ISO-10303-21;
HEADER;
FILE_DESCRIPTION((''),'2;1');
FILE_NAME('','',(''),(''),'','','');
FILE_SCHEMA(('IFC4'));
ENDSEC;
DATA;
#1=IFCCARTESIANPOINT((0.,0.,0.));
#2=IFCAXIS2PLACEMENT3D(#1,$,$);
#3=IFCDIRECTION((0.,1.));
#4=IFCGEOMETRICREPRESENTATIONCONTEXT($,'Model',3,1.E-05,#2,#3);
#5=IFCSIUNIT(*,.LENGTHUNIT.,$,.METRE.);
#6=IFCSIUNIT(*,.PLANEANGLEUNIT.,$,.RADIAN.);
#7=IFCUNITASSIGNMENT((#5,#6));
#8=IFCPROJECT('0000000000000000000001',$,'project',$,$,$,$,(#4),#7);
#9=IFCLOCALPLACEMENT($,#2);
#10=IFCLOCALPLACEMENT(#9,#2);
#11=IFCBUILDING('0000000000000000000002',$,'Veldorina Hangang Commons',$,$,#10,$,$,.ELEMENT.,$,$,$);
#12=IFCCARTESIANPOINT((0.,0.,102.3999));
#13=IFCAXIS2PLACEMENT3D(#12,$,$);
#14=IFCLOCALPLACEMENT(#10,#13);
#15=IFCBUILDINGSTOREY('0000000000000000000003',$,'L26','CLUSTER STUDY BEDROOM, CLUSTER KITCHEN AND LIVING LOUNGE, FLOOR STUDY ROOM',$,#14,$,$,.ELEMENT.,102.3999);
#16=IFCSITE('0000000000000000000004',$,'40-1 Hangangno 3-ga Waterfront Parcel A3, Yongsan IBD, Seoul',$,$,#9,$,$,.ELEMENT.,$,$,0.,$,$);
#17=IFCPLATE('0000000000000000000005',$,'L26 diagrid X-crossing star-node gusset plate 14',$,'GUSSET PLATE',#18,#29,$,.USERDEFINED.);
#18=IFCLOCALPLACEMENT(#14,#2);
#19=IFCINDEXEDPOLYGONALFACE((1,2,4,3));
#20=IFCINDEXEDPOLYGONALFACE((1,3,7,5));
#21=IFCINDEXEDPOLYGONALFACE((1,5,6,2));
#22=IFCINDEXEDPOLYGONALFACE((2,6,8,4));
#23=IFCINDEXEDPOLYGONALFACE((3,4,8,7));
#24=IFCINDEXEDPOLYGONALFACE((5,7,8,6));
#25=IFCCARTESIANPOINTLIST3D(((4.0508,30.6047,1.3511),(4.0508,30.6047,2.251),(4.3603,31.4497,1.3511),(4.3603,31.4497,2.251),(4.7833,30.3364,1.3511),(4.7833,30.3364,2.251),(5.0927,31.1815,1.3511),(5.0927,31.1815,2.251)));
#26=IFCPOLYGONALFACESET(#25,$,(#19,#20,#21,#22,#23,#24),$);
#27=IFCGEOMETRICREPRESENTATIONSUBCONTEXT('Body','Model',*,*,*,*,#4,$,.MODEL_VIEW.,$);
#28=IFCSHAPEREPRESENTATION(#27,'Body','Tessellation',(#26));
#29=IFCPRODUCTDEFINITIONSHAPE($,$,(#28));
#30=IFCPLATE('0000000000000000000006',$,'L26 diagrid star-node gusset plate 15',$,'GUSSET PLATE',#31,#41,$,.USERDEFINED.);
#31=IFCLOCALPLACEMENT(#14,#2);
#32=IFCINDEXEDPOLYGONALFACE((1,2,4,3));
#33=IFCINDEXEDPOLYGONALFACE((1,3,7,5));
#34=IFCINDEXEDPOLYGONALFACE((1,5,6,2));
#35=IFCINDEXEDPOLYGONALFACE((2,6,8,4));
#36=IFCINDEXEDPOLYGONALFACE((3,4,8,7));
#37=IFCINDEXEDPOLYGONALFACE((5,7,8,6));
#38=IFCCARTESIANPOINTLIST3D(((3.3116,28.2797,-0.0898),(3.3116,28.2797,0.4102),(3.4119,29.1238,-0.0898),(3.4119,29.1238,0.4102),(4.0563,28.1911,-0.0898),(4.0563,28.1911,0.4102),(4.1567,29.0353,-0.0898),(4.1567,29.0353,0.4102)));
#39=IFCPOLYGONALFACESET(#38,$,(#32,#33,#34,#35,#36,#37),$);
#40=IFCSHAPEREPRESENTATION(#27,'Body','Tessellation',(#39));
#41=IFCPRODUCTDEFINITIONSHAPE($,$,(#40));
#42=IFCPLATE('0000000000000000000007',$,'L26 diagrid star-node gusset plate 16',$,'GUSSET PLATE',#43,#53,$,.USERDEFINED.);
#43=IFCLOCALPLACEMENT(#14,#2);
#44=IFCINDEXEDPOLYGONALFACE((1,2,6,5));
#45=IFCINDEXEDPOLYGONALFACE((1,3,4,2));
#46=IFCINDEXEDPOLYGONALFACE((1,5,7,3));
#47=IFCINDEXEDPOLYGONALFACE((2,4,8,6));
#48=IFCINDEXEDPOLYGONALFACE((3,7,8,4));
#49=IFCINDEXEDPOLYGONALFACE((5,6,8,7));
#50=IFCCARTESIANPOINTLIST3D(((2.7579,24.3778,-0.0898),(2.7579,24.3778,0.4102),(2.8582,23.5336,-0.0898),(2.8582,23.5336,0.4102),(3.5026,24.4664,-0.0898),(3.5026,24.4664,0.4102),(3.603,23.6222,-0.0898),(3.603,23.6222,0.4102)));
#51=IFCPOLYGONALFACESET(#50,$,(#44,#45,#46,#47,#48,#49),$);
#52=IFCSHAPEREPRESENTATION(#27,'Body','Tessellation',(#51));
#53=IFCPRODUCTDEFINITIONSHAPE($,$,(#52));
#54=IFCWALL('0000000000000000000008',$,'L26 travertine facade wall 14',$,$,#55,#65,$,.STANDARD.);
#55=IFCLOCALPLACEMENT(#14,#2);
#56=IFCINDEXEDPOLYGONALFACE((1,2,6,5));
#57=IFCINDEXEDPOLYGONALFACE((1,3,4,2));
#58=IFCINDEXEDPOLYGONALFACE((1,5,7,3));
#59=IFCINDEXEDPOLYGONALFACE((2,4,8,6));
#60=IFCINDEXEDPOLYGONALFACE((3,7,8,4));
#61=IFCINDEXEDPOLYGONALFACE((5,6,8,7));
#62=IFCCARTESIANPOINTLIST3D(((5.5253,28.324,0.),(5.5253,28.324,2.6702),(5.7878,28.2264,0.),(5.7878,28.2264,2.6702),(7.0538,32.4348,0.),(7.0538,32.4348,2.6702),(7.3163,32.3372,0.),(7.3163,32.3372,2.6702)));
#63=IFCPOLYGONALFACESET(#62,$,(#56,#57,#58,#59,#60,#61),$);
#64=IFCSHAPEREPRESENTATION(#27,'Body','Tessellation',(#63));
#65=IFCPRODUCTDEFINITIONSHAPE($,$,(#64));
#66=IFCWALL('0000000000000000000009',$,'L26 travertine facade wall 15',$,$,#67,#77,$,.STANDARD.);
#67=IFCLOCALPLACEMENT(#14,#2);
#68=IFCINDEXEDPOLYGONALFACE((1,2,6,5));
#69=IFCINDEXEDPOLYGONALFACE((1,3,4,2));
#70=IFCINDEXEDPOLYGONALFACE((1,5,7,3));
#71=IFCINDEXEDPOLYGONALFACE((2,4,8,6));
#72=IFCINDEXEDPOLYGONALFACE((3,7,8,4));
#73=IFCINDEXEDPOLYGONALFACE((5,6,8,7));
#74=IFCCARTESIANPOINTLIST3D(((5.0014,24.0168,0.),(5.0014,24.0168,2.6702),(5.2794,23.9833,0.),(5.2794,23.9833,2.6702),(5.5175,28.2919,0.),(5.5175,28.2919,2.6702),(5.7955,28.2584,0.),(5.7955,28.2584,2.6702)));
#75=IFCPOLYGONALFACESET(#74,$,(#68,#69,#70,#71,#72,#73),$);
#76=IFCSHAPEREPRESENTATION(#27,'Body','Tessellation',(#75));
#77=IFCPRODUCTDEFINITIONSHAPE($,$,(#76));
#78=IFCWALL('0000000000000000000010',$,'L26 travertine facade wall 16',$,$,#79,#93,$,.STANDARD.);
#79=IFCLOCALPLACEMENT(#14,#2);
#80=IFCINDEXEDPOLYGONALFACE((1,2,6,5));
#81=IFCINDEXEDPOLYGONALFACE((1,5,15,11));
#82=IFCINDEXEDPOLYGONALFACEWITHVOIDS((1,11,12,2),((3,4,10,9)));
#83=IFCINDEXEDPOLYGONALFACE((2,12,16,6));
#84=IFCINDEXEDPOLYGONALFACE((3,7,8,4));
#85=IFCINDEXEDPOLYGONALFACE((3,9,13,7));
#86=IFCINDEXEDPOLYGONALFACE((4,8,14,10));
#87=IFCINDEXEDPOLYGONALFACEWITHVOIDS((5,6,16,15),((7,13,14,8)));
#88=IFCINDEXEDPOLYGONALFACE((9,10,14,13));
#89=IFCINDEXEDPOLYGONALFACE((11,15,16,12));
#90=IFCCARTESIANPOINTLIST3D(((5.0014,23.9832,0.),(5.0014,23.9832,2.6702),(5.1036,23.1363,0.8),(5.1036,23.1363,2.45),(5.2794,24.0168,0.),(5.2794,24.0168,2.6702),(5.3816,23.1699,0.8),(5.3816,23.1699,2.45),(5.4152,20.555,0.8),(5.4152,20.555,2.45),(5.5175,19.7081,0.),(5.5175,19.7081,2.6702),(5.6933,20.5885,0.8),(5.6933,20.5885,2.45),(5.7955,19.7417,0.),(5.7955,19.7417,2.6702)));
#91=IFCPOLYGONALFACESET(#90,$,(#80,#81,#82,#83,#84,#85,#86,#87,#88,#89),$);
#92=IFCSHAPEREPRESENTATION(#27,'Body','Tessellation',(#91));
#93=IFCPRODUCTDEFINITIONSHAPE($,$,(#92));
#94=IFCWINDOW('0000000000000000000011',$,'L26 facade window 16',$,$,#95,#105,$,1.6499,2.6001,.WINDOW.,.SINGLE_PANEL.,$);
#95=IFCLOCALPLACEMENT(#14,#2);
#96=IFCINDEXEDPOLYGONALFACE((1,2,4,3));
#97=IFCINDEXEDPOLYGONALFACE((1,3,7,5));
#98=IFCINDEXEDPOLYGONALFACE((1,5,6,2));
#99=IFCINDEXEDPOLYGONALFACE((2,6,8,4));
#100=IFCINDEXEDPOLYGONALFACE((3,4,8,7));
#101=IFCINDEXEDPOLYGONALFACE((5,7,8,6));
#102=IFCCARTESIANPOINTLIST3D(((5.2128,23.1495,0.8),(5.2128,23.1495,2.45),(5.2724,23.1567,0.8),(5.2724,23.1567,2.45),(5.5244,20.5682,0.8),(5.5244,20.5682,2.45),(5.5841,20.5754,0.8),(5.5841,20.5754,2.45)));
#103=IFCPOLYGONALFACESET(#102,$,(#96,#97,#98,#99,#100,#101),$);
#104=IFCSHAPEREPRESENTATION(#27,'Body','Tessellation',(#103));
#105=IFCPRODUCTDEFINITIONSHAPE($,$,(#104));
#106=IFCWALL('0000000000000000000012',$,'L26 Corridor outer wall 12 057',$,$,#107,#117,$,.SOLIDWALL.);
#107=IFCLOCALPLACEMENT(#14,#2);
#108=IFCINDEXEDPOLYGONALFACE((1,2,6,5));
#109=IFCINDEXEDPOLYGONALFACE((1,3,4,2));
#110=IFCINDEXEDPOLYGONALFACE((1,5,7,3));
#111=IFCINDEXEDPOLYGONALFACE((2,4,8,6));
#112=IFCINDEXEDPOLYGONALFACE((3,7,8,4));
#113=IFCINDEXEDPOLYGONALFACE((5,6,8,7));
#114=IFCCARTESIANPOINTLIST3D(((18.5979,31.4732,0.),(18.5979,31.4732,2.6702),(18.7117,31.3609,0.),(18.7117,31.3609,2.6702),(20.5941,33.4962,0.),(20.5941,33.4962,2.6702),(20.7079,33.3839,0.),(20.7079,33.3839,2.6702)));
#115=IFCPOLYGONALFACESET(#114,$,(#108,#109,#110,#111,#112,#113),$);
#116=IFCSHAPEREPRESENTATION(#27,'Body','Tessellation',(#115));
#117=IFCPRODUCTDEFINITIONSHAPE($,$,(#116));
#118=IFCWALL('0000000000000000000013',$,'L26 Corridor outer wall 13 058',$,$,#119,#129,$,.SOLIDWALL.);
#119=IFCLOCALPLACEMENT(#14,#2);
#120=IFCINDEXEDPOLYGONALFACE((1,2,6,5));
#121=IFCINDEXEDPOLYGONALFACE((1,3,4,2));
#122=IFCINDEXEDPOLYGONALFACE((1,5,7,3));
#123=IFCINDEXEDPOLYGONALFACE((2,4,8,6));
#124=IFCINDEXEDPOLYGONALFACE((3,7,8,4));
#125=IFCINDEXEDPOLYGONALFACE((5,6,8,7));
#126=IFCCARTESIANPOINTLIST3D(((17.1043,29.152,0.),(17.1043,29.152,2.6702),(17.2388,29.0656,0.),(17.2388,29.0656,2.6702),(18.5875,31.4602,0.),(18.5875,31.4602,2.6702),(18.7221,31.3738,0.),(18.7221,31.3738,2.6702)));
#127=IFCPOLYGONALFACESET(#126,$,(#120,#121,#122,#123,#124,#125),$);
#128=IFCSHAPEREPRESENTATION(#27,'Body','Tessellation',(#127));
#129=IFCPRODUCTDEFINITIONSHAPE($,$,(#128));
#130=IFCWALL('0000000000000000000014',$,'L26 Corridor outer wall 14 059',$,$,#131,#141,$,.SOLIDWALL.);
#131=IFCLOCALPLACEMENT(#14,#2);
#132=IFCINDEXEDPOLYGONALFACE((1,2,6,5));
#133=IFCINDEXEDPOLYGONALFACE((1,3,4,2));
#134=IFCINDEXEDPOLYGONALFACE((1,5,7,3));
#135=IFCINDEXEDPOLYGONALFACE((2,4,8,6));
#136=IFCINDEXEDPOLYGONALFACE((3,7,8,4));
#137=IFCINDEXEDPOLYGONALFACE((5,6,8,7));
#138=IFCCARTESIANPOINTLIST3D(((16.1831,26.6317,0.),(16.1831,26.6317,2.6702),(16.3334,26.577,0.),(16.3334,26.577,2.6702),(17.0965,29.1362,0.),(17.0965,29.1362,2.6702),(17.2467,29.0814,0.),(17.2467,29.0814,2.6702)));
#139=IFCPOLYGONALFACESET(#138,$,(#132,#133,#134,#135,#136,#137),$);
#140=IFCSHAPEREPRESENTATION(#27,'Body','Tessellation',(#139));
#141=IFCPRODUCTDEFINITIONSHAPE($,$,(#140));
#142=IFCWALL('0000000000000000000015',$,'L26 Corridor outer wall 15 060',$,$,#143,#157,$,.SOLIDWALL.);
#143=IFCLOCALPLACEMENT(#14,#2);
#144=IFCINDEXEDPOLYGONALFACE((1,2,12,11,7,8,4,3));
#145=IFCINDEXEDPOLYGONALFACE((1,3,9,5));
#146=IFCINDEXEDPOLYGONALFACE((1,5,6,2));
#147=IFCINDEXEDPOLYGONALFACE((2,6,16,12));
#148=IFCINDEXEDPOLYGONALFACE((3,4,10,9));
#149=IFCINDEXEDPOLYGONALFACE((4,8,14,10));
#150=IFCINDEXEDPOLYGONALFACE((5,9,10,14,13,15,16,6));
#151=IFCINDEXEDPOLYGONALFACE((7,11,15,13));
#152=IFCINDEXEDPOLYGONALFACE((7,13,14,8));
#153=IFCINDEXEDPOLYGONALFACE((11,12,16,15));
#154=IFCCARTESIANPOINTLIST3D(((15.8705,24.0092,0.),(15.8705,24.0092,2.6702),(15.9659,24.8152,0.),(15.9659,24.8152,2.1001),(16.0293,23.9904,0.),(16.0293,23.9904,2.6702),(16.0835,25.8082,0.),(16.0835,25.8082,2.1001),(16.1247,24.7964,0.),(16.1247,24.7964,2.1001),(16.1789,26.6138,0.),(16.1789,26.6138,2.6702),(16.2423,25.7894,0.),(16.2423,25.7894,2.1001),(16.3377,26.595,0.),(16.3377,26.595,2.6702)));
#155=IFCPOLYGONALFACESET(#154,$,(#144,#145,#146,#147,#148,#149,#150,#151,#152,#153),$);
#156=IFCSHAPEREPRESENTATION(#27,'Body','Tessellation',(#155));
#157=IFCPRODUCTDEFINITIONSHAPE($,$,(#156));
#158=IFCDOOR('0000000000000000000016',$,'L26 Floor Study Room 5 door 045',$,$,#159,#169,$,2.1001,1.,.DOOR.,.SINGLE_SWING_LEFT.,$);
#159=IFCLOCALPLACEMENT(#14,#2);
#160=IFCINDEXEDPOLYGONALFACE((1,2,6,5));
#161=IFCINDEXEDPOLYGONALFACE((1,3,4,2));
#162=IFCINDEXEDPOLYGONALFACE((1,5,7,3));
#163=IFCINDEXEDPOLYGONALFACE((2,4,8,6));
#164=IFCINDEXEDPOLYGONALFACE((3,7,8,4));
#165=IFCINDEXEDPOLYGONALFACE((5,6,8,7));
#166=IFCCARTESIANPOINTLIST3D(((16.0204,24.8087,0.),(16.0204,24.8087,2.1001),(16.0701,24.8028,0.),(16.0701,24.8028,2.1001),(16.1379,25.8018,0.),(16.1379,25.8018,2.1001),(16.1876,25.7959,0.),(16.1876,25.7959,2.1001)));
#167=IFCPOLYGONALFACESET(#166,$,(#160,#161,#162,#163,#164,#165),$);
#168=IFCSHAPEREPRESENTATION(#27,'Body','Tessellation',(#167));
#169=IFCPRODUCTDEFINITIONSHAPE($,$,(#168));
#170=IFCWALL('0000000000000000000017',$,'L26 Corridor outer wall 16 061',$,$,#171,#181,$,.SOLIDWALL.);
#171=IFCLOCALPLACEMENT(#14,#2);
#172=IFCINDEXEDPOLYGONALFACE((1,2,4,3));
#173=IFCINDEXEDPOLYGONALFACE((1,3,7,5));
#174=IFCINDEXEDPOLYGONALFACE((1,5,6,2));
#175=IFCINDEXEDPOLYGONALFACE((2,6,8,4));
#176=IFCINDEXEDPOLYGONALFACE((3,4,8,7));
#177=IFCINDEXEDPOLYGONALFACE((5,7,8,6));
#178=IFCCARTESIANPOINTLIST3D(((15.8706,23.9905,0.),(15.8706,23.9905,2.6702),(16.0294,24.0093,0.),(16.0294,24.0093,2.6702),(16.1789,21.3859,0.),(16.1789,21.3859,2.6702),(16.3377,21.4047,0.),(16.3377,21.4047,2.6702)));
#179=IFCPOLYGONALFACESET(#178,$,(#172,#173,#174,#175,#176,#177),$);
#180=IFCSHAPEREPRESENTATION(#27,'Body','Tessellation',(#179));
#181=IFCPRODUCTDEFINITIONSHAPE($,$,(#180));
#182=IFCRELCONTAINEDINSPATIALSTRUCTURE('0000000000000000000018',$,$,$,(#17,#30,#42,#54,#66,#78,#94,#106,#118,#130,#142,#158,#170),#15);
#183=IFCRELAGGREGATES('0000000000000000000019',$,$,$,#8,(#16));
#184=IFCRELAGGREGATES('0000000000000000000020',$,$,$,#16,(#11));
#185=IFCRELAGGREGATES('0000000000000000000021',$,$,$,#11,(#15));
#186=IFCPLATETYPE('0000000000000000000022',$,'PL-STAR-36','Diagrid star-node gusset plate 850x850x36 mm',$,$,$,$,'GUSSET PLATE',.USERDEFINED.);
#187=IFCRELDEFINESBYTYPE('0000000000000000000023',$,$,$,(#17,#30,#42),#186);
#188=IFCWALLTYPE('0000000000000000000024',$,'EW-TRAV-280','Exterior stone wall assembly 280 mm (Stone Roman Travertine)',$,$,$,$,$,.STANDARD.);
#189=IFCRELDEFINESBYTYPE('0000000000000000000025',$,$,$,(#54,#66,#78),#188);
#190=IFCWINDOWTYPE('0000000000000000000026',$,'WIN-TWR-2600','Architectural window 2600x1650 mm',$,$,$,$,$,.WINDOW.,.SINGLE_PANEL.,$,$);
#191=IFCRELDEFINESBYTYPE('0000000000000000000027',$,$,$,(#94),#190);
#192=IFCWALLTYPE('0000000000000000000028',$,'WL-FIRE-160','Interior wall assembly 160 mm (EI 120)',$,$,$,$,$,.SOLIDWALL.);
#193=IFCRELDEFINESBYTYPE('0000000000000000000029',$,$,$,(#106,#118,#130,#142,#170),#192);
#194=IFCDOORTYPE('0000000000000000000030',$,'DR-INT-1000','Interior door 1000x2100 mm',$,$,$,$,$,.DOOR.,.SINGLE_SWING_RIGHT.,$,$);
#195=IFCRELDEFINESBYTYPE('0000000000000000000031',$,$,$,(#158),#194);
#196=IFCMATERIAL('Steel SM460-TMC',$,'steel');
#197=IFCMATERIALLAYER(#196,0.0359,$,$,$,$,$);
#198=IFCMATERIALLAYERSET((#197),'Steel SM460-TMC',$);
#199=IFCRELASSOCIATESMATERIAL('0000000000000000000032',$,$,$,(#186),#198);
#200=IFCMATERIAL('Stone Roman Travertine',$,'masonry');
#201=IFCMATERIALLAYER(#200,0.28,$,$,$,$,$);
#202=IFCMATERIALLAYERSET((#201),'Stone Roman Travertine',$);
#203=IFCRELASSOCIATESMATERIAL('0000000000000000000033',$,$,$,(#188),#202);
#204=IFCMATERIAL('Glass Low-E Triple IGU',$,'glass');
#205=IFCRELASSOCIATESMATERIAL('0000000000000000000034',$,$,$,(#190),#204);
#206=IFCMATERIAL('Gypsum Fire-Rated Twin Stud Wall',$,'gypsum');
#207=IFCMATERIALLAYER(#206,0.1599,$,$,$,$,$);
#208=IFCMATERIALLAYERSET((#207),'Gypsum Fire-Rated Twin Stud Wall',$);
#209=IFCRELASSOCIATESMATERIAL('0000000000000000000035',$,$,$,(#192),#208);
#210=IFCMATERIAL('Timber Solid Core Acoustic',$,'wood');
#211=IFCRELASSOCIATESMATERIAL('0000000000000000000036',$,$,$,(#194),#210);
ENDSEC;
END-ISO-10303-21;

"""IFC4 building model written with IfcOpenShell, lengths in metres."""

from ifc_helpers import new_model, si_unit, direction, frame, frame_2d, origin, origin_2d, place, context, subcontext, project, spatial, rectangle, extrude, material, layer, layer_set, type_object, element, fill, save


model = new_model("IFC4")

# Units and contexts
model_context = context("Model", 3, precision=1e-05, world=origin(), true_north=direction((0.0, 1.0)))
body_context = subcontext(model_context, "Body", "Model", "MODEL_VIEW")
ifc_project = project(units=[si_unit("LENGTHUNIT", "METRE"), si_unit("PLANEANGLEUNIT", "RADIAN")], contexts=[model_context])

# Site, building, storey
site_placement = place(None, origin())
site = spatial("IfcSite", under=ifc_project, at=site_placement, Name="40-1 Hangangno 3-ga Waterfront Parcel A3, Yongsan IBD, Seoul", CompositionType="ELEMENT", RefElevation=0.0)
building_placement = place(site_placement, origin())
building = spatial("IfcBuilding", under=site, at=building_placement, Name="Veldorina Hangang Commons", CompositionType="ELEMENT")
storey_placement = place(building_placement, frame((0.0, 0.0, 102.3999)))
storey = spatial("IfcBuildingStorey", under=building, at=storey_placement, Name="L26", Description="CLUSTER STUDY BEDROOM, CLUSTER KITCHEN AND LIVING LOUNGE, FLOOR STUDY ROOM", CompositionType="ELEMENT", Elevation=102.3999)

# Shared definitions
ifc_material_1 = material(Name="Steel SM460-TMC", Category="steel")

# Plates
ifc_layer_1 = layer(ifc_material_1, 0.0359)
ifc_layer_set_1 = layer_set([ifc_layer_1], Name="Steel SM460-TMC")
plate_type = type_object("IfcPlateType", Name="PL-STAR-36", Description="Diagrid star-node gusset plate 850x850x36 mm", ElementType="GUSSET PLATE", PredefinedType="USERDEFINED", material=ifc_layer_set_1)
plate_1_placement = place(storey_placement, frame((4.5718, 30.8931, 1.3511), z_axis=(0.0, 0.0, 1.0), x_axis=(-0.343856, -0.939022, 0.0)))
element("IfcPlate", 1, at=plate_1_placement, inside=storey, type_object=plate_type, Name="L26 diagrid X-crossing star-node gusset plate 14", ObjectType="GUSSET PLATE", PredefinedType="USERDEFINED", context=body_context, shape_type="SweptSolid", body=[
    extrude(rectangle(XDim=0.8999, YDim=0.78, at=origin_2d()), origin(), (0.0, 0.0, 1.0), 0.8999),
])
for number, where, z_axis, x_axis, name in (
    (2, (3.7341, 28.6575, -0.0898), (0.0, 0.0, 1.0), (-0.118075, -0.993005, 0.0), "L26 diagrid star-node gusset plate 15"),
    (3, (3.1804, 24.0, -0.0898), (0.0, 0.0, 1.0), (0.118075, -0.993005, 0.0), "L26 diagrid star-node gusset plate 16"),
):
    element("IfcPlate", number, at=place(storey_placement, frame(where, z_axis=z_axis, x_axis=x_axis)), inside=storey, type_object=plate_type, Name=name, ObjectType="GUSSET PLATE", PredefinedType="USERDEFINED", context=body_context, shape_type="SweptSolid", body=[
        extrude(rectangle(XDim=0.8501, YDim=0.75, at=origin_2d()), origin(), (0.0, 0.0, 1.0), 0.5),
    ])

# Walls
ifc_material_2 = material(Name="Stone Roman Travertine", Category="masonry")
ifc_layer_2 = layer(ifc_material_2, 0.28)
ifc_layer_set_2 = layer_set([ifc_layer_2], Name="Stone Roman Travertine")
wall_type_1 = type_object("IfcWallType", Name="EW-TRAV-280", Description="Exterior stone wall assembly 280 mm (Stone Roman Travertine)", PredefinedType="STANDARD", material=ifc_layer_set_2)
wall_1_placement = place(storey_placement, frame((7.1851, 32.386, 0.0), z_axis=(0.0, 0.0, 1.0), x_axis=(-0.348523, -0.9373, 0.0)))
element("IfcWall", 4, at=wall_1_placement, inside=storey, type_object=wall_type_1, Name="L26 travertine facade wall 14", PredefinedType="STANDARD", context=body_context, shape_type="SweptSolid", body=[
    extrude(rectangle(XDim=4.3857, YDim=0.28, at=frame_2d((2.1929, 0.0))), origin(), (0.0, 0.0, 1.0), 2.6702),
])
wall_2_placement = place(storey_placement, frame((5.6565, 28.2751, 0.0), z_axis=(0.0, 0.0, 1.0), x_axis=(-0.119854, -0.992792, 0.0)))
element("IfcWall", 5, at=wall_2_placement, inside=storey, type_object=wall_type_1, Name="L26 travertine facade wall 15", PredefinedType="STANDARD", context=body_context, shape_type="SweptSolid", body=[
    extrude(rectangle(XDim=4.3062, YDim=0.28, at=frame_2d((2.1531, 0.0))), origin(), (0.0, 0.0, 1.0), 2.6702),
])

# Wall, opening, window
wall_3_placement = place(storey_placement, frame((5.1404, 24.0, 0.0), z_axis=(0.0, 0.0, 1.0), x_axis=(0.119854, -0.992792, 0.0)))
wall_3 = element("IfcWall", 6, at=wall_3_placement, inside=storey, type_object=wall_type_1, Name="L26 travertine facade wall 16", PredefinedType="STANDARD", context=body_context, shape_type="SweptSolid", body=[
    extrude(rectangle(XDim=4.3062, YDim=0.28, at=frame_2d((2.1531, 0.0))), origin(), (0.0, 0.0, 1.0), 2.6702),
])
opening_1_placement = place(wall_3_placement, frame((0.853, 0.0, 0.8)))
opening_1 = element("IfcOpeningElement", 7, at=opening_1_placement, cuts=wall_3, PredefinedType="OPENING", context=body_context, shape_type="SweptSolid", body=[
    extrude(rectangle(XDim=2.6001, YDim=1.6499, at=frame_2d((1.3, 0.825))), frame((0.0, 0.1499, 0.0), z_axis=(0.0, -1.0, 0.0), x_axis=(1.0, 0.0, 0.0)), (0.0, 0.0, 1.0), 0.3),
])
ifc_material_3 = material(Name="Glass Low-E Triple IGU", Category="glass")
window_type = type_object("IfcWindowType", Name="WIN-TWR-2600", Description="Architectural window 2600x1650 mm", PartitioningType="SINGLE_PANEL", PredefinedType="WINDOW", material=ifc_material_3)
window_placement = place(opening_1_placement, origin())
window = element("IfcWindow", 8, at=window_placement, inside=storey, type_object=window_type, Name="L26 facade window 16", OverallHeight=1.6499, OverallWidth=2.6001, PartitioningType="SINGLE_PANEL", PredefinedType="WINDOW", context=body_context, shape_type="SweptSolid", body=[
    extrude(rectangle(XDim=2.6001, YDim=1.6499, at=frame_2d((1.3, 0.825))), frame((0.0, 0.03, 0.0), z_axis=(0.0, -1.0, 0.0), x_axis=(1.0, 0.0, 0.0)), (0.0, 0.0, 1.0), 0.0601),
])
fill(opening_1, window)

# Walls
ifc_material_4 = material(Name="Gypsum Fire-Rated Twin Stud Wall", Category="gypsum")
ifc_layer_3 = layer(ifc_material_4, 0.1599)
ifc_layer_set_3 = layer_set([ifc_layer_3], Name="Gypsum Fire-Rated Twin Stud Wall")
wall_type_2 = type_object("IfcWallType", Name="WL-FIRE-160", Description="Interior wall assembly 160 mm (EI 120)", PredefinedType="SOLIDWALL", material=ifc_layer_set_3)
wall_4_placement = place(storey_placement, frame((20.6509, 33.4399, 0.0), z_axis=(0.0, 0.0, 1.0), x_axis=(-0.702366, -0.711816, 0.0)))
element("IfcWall", 9, at=wall_4_placement, inside=storey, type_object=wall_type_2, Name="L26 Corridor outer wall 12 057", PredefinedType="SOLIDWALL", context=body_context, shape_type="SweptSolid", body=[
    extrude(rectangle(XDim=2.842, YDim=0.1599, at=frame_2d((1.4209, 0.0))), origin(), (0.0, 0.0, 1.0), 2.6702),
])
wall_5_placement = place(storey_placement, frame((18.6548, 31.417, 0.0), z_axis=(0.0, 0.0, 1.0), x_axis=(-0.540596, -0.841283, 0.0)))
element("IfcWall", 10, at=wall_5_placement, inside=storey, type_object=wall_type_2, Name="L26 Corridor outer wall 13 058", PredefinedType="SOLIDWALL", context=body_context, shape_type="SweptSolid", body=[
    extrude(rectangle(XDim=2.7437, YDim=0.1599, at=frame_2d((1.3718, 0.0))), origin(), (0.0, 0.0, 1.0), 2.6702),
])
wall_6_placement = place(storey_placement, frame((17.1716, 29.1089, 0.0), z_axis=(0.0, 0.0, 1.0), x_axis=(-0.342618, -0.939475, 0.0)))
element("IfcWall", 11, at=wall_6_placement, inside=storey, type_object=wall_type_2, Name="L26 Corridor outer wall 14 059", PredefinedType="SOLIDWALL", context=body_context, shape_type="SweptSolid", body=[
    extrude(rectangle(XDim=2.6658, YDim=0.1599, at=frame_2d((1.333, 0.0))), origin(), (0.0, 0.0, 1.0), 2.6702),
])

# Wall, opening, door
wall_7_placement = place(storey_placement, frame((16.2583, 26.6045, 0.0), z_axis=(0.0, 0.0, 1.0), x_axis=(-0.11757, -0.993065, 0.0)))
wall_7 = element("IfcWall", 12, at=wall_7_placement, inside=storey, type_object=wall_type_2, Name="L26 Corridor outer wall 15 060", PredefinedType="SOLIDWALL", context=body_context, shape_type="SweptSolid", body=[
    extrude(rectangle(XDim=2.6228, YDim=0.1599, at=frame_2d((1.3115, 0.0))), origin(), (0.0, 0.0, 1.0), 2.6702),
])
opening_2_placement = place(wall_7_placement, frame((0.8113, 0.0, 0.0)))
opening_2 = element("IfcOpeningElement", 13, at=opening_2_placement, cuts=wall_7, PredefinedType="OPENING", context=body_context, shape_type="SweptSolid", body=[
    extrude(rectangle(XDim=1.0, YDim=2.1001, at=frame_2d((0.5, 1.05))), frame((0.0, 0.0898, 0.0), z_axis=(0.0, -1.0, 0.0), x_axis=(1.0, 0.0, 0.0)), (0.0, 0.0, 1.0), 0.1799),
])
ifc_material_5 = material(Name="Timber Solid Core Acoustic", Category="wood")
door_type = type_object("IfcDoorType", Name="DR-INT-1000", Description="Interior door 1000x2100 mm", OperationType="SINGLE_SWING_RIGHT", PredefinedType="DOOR", material=ifc_material_5)
door_placement = place(opening_2_placement, origin())
door = element("IfcDoor", 14, at=door_placement, inside=storey, type_object=door_type, Name="L26 Floor Study Room 5 door 045", OperationType="SINGLE_SWING_LEFT", OverallHeight=2.1001, OverallWidth=1.0, PredefinedType="DOOR", context=body_context, shape_type="SweptSolid", body=[
    extrude(rectangle(XDim=1.0, YDim=2.1001, at=frame_2d((0.5, 1.05))), frame((0.0, 0.0249, 0.0), z_axis=(0.0, -1.0, 0.0), x_axis=(1.0, 0.0, 0.0)), (0.0, 0.0, 1.0), 0.05),
])
fill(opening_2, door)

# Wall
wall_8_placement = place(storey_placement, frame((15.95, 24.0, 0.0), z_axis=(0.0, 0.0, 1.0), x_axis=(0.11757, -0.993065, 0.0)))
element("IfcWall", 15, at=wall_8_placement, inside=storey, type_object=wall_type_2, Name="L26 Corridor outer wall 16 061", PredefinedType="SOLIDWALL", context=body_context, shape_type="SweptSolid", body=[
    extrude(rectangle(XDim=2.6228, YDim=0.1599, at=frame_2d((1.3115, 0.0))), origin(), (0.0, 0.0, 1.0), 2.6702),
])

save(model, "model.ifc")
